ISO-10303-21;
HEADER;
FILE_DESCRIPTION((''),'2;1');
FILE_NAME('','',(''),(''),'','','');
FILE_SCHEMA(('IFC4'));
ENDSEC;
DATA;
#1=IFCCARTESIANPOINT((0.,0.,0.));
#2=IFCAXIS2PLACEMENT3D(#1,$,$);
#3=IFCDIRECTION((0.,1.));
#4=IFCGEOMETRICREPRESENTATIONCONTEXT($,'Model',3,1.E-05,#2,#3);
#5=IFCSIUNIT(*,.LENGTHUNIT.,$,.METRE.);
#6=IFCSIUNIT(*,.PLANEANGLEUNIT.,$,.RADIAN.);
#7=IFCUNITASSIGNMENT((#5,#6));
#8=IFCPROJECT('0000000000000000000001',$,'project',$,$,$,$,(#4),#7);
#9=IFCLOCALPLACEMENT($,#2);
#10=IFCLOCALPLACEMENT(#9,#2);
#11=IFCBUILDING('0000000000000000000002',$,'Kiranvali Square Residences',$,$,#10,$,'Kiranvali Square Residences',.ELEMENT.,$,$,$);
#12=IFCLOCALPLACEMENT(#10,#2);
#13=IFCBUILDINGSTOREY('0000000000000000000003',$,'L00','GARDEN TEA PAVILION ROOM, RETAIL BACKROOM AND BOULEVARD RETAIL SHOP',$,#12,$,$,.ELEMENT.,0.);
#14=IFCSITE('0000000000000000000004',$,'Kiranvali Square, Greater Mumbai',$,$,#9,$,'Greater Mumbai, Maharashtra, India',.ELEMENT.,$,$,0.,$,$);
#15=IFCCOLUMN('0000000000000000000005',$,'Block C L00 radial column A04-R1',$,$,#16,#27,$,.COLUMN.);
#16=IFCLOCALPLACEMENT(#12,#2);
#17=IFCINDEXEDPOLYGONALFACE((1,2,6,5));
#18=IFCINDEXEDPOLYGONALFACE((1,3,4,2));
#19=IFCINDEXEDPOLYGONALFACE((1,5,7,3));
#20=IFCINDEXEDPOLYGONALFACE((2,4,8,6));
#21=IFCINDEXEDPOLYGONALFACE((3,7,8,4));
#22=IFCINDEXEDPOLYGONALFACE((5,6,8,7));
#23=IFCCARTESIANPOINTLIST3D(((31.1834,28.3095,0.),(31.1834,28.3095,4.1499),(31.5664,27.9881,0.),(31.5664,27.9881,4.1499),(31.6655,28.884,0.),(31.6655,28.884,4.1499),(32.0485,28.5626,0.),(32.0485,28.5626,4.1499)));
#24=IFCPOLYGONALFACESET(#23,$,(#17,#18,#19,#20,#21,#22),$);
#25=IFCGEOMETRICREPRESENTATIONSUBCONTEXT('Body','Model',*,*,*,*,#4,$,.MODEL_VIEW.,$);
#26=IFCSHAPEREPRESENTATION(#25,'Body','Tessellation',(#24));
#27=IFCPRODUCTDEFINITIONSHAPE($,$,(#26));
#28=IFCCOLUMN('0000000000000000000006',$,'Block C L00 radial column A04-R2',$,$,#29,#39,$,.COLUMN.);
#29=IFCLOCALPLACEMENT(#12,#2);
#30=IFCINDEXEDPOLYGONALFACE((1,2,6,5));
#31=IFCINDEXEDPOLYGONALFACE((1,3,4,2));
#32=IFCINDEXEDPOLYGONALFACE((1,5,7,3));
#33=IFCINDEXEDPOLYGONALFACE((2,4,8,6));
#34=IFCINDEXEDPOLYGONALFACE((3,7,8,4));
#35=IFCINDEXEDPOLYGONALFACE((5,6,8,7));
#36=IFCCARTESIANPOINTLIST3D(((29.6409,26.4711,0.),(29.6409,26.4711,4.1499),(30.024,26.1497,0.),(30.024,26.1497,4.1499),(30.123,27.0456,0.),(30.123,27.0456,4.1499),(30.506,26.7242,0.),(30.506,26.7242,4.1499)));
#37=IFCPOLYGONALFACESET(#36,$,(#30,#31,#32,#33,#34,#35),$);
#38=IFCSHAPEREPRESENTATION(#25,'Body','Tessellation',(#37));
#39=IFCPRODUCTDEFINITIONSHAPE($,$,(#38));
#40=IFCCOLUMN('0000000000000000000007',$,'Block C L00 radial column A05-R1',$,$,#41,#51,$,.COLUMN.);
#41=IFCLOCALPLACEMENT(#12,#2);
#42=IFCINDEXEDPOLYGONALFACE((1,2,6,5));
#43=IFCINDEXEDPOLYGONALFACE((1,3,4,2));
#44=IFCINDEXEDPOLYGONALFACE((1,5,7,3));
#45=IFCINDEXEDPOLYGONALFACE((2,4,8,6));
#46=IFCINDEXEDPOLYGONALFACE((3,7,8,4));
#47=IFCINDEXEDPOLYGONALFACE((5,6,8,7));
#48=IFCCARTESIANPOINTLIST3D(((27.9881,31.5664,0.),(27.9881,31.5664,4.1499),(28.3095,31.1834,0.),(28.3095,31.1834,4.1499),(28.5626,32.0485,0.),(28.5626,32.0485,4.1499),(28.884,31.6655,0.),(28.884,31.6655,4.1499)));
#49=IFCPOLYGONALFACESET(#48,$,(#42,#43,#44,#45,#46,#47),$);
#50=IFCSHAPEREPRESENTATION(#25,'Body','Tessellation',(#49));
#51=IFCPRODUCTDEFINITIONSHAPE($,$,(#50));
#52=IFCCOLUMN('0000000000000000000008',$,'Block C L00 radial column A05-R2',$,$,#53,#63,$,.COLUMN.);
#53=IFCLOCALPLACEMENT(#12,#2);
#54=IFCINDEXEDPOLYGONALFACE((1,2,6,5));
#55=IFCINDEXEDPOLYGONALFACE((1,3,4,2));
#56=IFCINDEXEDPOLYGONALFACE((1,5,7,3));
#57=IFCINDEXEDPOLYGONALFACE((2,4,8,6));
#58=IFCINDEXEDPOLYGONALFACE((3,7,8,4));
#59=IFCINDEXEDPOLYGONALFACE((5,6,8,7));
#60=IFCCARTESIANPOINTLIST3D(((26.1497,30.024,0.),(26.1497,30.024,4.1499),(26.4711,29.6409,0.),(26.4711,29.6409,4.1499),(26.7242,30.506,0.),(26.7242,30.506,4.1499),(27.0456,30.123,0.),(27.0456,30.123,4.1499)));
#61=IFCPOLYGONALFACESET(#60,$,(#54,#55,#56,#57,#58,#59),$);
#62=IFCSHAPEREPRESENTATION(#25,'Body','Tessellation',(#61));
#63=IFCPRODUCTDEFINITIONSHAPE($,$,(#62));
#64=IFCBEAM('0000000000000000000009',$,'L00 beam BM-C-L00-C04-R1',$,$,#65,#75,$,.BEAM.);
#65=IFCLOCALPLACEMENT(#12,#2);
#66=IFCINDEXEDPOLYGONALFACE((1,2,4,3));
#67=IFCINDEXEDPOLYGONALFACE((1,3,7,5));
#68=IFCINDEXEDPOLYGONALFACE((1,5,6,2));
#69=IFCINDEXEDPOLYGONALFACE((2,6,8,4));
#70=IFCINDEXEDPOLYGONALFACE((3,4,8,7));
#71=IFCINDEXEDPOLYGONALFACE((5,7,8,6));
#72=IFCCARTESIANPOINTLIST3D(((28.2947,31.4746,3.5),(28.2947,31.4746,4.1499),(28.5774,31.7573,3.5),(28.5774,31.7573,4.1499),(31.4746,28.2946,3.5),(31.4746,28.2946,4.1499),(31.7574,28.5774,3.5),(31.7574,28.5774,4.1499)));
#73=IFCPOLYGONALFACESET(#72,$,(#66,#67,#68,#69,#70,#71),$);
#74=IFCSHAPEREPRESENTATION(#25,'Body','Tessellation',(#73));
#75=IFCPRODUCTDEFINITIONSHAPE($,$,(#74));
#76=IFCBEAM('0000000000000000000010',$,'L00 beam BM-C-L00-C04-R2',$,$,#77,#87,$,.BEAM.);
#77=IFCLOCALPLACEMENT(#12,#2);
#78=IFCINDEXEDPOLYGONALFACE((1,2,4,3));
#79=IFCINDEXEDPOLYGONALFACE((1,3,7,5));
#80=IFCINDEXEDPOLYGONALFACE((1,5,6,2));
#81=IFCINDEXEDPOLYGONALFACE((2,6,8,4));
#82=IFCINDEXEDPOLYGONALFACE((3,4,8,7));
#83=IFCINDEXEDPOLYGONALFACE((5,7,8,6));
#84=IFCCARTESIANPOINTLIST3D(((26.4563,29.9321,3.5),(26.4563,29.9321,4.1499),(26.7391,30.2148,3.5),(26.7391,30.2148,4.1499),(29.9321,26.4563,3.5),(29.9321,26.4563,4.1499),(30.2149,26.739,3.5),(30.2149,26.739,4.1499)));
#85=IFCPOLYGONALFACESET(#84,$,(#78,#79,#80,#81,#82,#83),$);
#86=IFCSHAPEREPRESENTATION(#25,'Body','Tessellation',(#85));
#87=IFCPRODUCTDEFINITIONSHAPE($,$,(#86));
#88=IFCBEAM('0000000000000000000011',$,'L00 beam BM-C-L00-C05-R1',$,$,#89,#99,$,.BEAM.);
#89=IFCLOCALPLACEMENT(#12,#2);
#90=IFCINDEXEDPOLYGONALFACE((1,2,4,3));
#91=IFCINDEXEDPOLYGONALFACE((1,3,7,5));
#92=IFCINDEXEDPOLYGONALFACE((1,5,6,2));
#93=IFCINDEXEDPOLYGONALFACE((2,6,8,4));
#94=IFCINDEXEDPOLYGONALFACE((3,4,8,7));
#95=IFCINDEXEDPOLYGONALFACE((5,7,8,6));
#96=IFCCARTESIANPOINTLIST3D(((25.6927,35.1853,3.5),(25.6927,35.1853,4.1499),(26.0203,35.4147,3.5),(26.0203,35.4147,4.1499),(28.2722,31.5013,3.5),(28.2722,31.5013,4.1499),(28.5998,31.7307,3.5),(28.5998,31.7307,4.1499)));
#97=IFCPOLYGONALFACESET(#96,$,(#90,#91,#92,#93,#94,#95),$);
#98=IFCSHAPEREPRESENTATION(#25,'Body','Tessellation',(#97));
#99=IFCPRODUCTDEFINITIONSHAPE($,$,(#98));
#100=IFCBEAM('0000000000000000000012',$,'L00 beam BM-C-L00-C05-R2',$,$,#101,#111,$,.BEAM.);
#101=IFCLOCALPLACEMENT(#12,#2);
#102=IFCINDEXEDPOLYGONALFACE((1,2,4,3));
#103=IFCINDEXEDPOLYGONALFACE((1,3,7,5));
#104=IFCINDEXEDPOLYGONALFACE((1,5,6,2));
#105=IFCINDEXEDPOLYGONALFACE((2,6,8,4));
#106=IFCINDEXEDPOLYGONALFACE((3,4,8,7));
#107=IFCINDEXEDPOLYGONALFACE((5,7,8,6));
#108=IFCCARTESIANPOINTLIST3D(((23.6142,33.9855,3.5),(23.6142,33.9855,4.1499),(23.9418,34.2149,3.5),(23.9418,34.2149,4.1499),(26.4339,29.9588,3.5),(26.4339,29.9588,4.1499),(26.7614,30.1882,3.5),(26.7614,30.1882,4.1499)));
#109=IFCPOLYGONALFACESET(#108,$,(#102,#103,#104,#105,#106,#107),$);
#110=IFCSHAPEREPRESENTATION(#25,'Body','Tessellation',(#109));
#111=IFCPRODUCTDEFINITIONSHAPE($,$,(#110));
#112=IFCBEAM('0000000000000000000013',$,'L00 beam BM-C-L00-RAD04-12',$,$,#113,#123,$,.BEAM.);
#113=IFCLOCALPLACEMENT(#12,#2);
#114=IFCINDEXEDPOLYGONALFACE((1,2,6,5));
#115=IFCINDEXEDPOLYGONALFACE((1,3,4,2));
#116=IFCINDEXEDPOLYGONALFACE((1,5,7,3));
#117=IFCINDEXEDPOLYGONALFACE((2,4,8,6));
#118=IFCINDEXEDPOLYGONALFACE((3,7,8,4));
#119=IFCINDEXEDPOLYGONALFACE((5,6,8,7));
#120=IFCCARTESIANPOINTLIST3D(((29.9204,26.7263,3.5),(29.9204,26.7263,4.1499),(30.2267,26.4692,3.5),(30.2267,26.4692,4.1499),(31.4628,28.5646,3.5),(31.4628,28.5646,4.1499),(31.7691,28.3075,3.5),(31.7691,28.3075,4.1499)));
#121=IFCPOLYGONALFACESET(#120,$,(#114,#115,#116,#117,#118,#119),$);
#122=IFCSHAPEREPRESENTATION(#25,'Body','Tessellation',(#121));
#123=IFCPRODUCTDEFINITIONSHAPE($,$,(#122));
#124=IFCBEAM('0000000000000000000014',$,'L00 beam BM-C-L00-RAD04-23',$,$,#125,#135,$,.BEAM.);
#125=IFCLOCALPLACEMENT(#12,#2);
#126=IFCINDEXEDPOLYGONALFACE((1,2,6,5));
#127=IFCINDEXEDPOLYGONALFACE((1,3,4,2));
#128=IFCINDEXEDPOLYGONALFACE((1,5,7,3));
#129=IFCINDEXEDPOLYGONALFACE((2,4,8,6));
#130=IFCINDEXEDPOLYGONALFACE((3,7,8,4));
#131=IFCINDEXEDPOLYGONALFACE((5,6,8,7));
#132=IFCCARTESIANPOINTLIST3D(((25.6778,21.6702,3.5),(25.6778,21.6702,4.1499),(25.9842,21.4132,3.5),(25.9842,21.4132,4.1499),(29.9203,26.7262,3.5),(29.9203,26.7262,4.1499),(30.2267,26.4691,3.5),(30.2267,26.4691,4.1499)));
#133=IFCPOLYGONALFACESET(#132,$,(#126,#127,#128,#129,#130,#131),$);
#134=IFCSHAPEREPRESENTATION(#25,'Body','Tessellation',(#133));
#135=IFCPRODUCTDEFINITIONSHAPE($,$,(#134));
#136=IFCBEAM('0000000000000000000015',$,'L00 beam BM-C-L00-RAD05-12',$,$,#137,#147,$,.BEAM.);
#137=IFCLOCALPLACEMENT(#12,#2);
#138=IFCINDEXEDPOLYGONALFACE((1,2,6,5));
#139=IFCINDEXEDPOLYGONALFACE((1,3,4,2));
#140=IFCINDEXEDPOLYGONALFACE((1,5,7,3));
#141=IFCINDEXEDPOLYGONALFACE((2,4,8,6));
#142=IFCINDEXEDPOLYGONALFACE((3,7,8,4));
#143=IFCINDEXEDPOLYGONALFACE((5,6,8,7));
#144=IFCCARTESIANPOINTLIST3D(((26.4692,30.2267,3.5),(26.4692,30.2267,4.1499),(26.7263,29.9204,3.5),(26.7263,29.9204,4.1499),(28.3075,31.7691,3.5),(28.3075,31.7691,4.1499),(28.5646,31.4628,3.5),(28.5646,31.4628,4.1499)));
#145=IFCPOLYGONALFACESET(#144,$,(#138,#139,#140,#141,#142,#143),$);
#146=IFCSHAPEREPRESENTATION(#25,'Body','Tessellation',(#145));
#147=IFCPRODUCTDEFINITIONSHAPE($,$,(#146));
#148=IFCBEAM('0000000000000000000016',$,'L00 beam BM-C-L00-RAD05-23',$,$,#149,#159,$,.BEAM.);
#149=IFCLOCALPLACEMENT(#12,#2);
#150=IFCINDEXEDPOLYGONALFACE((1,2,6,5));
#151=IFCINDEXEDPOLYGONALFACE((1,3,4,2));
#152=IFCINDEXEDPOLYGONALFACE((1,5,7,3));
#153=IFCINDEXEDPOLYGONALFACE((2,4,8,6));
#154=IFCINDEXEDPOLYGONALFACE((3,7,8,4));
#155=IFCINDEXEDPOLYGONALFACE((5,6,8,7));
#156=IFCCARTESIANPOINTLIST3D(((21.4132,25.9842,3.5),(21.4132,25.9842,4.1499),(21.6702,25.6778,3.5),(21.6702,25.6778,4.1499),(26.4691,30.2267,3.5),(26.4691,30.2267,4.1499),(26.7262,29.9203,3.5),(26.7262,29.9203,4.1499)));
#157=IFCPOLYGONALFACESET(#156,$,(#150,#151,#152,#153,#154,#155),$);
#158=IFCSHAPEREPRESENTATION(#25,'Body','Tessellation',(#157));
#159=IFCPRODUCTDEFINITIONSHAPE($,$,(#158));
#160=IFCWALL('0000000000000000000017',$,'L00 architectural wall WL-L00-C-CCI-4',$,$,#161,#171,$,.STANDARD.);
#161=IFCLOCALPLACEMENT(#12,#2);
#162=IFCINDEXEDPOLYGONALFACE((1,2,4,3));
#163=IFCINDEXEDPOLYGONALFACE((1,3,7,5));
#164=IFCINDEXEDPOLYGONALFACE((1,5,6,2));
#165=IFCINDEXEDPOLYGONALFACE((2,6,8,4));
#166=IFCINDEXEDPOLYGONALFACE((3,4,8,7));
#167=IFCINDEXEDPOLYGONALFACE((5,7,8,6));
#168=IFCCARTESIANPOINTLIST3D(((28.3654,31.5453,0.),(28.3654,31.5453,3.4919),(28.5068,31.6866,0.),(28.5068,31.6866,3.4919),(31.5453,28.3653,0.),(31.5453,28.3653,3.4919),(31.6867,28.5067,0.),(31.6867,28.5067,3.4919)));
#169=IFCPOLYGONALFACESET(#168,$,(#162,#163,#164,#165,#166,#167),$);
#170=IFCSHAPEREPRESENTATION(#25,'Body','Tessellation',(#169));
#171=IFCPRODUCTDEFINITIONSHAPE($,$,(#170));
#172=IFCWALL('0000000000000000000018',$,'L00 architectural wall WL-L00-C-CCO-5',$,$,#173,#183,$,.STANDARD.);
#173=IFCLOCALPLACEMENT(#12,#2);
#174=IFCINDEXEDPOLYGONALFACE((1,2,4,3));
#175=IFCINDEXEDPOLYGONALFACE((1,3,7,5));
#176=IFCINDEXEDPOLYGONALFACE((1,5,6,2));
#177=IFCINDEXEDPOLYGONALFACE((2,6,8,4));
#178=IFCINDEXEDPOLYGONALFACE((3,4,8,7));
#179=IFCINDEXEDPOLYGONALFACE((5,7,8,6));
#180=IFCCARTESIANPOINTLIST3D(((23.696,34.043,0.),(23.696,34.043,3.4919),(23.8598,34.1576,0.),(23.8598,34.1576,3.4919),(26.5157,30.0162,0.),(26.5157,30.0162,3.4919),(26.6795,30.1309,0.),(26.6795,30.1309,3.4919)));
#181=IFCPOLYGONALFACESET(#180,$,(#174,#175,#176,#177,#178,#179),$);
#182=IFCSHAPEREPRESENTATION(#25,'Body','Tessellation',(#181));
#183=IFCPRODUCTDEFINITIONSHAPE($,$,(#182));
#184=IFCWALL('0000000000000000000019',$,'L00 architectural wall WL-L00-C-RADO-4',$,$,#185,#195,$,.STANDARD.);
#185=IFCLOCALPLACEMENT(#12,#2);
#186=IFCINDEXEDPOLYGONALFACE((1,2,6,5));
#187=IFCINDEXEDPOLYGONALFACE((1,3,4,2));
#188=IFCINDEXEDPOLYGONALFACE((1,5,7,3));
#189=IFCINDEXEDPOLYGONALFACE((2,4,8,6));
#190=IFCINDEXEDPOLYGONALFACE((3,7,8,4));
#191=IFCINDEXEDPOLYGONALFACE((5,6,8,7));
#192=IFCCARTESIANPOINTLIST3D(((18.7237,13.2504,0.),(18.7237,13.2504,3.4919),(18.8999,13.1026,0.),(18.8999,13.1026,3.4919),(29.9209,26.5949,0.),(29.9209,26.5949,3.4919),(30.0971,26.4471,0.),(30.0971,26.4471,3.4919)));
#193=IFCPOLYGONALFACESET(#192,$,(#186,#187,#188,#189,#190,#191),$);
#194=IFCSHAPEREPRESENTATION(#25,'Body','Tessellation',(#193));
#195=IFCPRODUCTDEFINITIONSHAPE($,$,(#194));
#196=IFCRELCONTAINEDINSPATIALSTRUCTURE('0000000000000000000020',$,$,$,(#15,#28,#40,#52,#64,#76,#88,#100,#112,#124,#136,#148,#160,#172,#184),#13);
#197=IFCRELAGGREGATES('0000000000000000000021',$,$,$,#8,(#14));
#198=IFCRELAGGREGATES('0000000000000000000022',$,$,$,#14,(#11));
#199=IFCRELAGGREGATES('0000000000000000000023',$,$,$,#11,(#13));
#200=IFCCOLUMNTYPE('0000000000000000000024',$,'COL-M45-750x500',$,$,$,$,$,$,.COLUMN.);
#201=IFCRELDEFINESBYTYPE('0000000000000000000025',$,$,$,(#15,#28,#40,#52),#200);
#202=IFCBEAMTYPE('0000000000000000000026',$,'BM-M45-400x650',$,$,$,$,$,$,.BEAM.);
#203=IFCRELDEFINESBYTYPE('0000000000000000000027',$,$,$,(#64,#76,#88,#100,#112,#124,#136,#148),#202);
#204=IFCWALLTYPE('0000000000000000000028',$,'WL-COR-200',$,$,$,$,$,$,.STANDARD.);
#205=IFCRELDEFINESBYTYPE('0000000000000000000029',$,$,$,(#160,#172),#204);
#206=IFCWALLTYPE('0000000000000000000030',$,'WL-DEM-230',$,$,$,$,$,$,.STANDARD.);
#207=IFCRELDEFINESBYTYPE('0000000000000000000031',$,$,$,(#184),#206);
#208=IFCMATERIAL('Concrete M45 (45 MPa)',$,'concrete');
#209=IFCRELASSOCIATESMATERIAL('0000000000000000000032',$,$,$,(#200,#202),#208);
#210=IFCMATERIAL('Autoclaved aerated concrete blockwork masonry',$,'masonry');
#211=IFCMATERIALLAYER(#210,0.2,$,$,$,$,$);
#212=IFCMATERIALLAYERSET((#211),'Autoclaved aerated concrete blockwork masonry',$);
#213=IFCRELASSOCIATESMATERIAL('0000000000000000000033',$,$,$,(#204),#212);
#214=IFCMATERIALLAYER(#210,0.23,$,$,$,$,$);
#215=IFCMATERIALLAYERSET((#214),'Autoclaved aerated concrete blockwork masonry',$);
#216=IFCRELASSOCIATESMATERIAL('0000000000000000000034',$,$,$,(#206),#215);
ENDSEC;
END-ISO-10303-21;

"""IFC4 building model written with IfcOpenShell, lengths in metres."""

from ifc_helpers import new_model, si_unit, direction, frame, frame_2d, origin, origin_2d, place, context, subcontext, project, spatial, rectangle, extrude, material, layer, layer_set, material_profile, profile_set, type_object, element, save


model = new_model("IFC4")

# Units and contexts
model_context = context("Model", 3, precision=1e-05, world=origin(), true_north=direction((0.0, 1.0)))
body_context = subcontext(model_context, "Body", "Model", "MODEL_VIEW")
ifc_project = project(units=[si_unit("LENGTHUNIT", "METRE"), si_unit("PLANEANGLEUNIT", "RADIAN")], contexts=[model_context])

# Site, building, storey
site_placement = place(None, origin())
site = spatial("IfcSite", under=ifc_project, at=site_placement, Name="Kiranvali Square, Greater Mumbai", LongName="Greater Mumbai, Maharashtra, India", CompositionType="ELEMENT", RefElevation=0.0)
building_placement = place(site_placement, origin())
building = spatial("IfcBuilding", under=site, at=building_placement, Name="Kiranvali Square Residences", LongName="Kiranvali Square Residences", CompositionType="ELEMENT")
storey_placement = place(building_placement, origin())
storey = spatial("IfcBuildingStorey", under=building, at=storey_placement, Name="L00", Description="GARDEN TEA PAVILION ROOM, RETAIL BACKROOM AND BOULEVARD RETAIL SHOP", CompositionType="ELEMENT", Elevation=0.0)

# Columns
ifc_material_1 = material(Name="Concrete M45 (45 MPa)", Category="concrete")
ifc_material_profile_1 = material_profile(ifc_material_1, rectangle(XDim=0.5, YDim=0.75, at=origin_2d()), Name="RC 750x500")
ifc_profile_set_1 = profile_set([ifc_material_profile_1], Name="Concrete M45 (45 MPa)")
column_type = type_object("IfcColumnType", Name="COL-M45-750x500", PredefinedType="COLUMN", material=ifc_profile_set_1)
for number, where, z_axis, x_axis, name in (
    (1, (31.616, 28.436, 0.0), (0.0, 0.0, 1.0), (-0.766044, 0.642788, 0.0), "Block C L00 radial column A04-R1"),
    (2, (30.0735, 26.5977, 0.0), (0.0, 0.0, 1.0), (-0.766044, 0.642788, 0.0), "Block C L00 radial column A04-R2"),
    (3, (28.436, 31.616, 0.0), (0.0, 0.0, 1.0), (-0.642788, 0.766044, 0.0), "Block C L00 radial column A05-R1"),
    (4, (26.5977, 30.0735, 0.0), (0.0, 0.0, 1.0), (-0.642788, 0.766044, 0.0), "Block C L00 radial column A05-R2"),
):
    element("IfcColumn", number, at=place(storey_placement, frame(where, z_axis=z_axis, x_axis=x_axis)), inside=storey, type_object=column_type, Name=name, PredefinedType="COLUMN", context=body_context, shape_type="SweptSolid", body=[
        extrude(rectangle(XDim=0.5, YDim=0.75, at=origin_2d()), origin(), (0.0, 0.0, 1.0), 4.1499),
    ])

# Beams
ifc_material_profile_2 = material_profile(ifc_material_1, rectangle(XDim=0.3999, YDim=0.6499, at=origin_2d()), Name="RC 400x650")
ifc_profile_set_2 = profile_set([ifc_material_profile_2], Name="Concrete M45 (45 MPa)")
beam_type = type_object("IfcBeamType", Name="BM-M45-400x650", PredefinedType="BEAM", material=ifc_profile_set_2)
beam_1_placement = place(storey_placement, frame((31.616, 28.436, 3.825), z_axis=(-0.707107, 0.707107, 0.0), x_axis=(-0.707107, -0.707107, 0.0)))
element("IfcBeam", 5, at=beam_1_placement, inside=storey, type_object=beam_type, Name="L00 beam BM-C-L00-C04-R1", PredefinedType="BEAM", context=body_context, shape_type="SweptSolid", body=[
    extrude(rectangle(XDim=0.3999, YDim=0.6499, at=origin_2d()), origin(), (0.0, 0.0, 1.0), 4.4971),
])
beam_2_placement = place(storey_placement, frame((30.0735, 26.5977, 3.825), z_axis=(-0.707107, 0.707107, 0.0), x_axis=(-0.707107, -0.707107, 0.0)))
element("IfcBeam", 6, at=beam_2_placement, inside=storey, type_object=beam_type, Name="L00 beam BM-C-L00-C04-R2", PredefinedType="BEAM", context=body_context, shape_type="SweptSolid", body=[
    extrude(rectangle(XDim=0.3999, YDim=0.6499, at=origin_2d()), origin(), (0.0, 0.0, 1.0), 4.9155),
])
beam_3_placement = place(storey_placement, frame((28.436, 31.616, 3.825), z_axis=(-0.573572, 0.819155, 0.0), x_axis=(-0.819155, -0.573572, 0.0)))
element("IfcBeam", 7, at=beam_3_placement, inside=storey, type_object=beam_type, Name="L00 beam BM-C-L00-C05-R1", PredefinedType="BEAM", context=body_context, shape_type="SweptSolid", body=[
    extrude(rectangle(XDim=0.3999, YDim=0.6499, at=origin_2d()), origin(), (0.0, 0.0, 1.0), 4.4973),
])
beam_4_placement = place(storey_placement, frame((26.5977, 30.0735, 3.825), z_axis=(-0.573592, 0.819141, 0.0), x_axis=(-0.819141, -0.573592, 0.0)))
element("IfcBeam", 8, at=beam_4_placement, inside=storey, type_object=beam_type, Name="L00 beam BM-C-L00-C05-R2", PredefinedType="BEAM", context=body_context, shape_type="SweptSolid", body=[
    extrude(rectangle(XDim=0.3999, YDim=0.6499, at=origin_2d()), origin(), (0.0, 0.0, 1.0), 4.9158),
])
beam_5_placement = place(storey_placement, frame((31.616, 28.436, 3.825), z_axis=(-0.642763, -0.766065, 0.0), x_axis=(0.766065, -0.642763, 0.0)))
element("IfcBeam", 9, at=beam_5_placement, inside=storey, type_object=beam_type, Name="L00 beam BM-C-L00-RAD04-12", PredefinedType="BEAM", context=body_context, shape_type="SweptSolid", body=[
    extrude(rectangle(XDim=0.3999, YDim=0.6499, at=origin_2d()), origin(), (0.0, 0.0, 1.0), 2.3997),
])
beam_6_placement = place(storey_placement, frame((30.0735, 26.5977, 3.825), z_axis=(-0.642789, -0.766043, 0.0), x_axis=(0.766043, -0.642789, 0.0)))
element("IfcBeam", 10, at=beam_6_placement, inside=storey, type_object=beam_type, Name="L00 beam BM-C-L00-RAD04-23", PredefinedType="BEAM", context=body_context, shape_type="SweptSolid", body=[
    extrude(rectangle(XDim=0.3999, YDim=0.6499, at=origin_2d()), origin(), (0.0, 0.0, 1.0), 6.6001),
])
beam_7_placement = place(storey_placement, frame((28.436, 31.616, 3.825), z_axis=(-0.766065, -0.642763, 0.0), x_axis=(0.642763, -0.766065, 0.0)))
element("IfcBeam", 11, at=beam_7_placement, inside=storey, type_object=beam_type, Name="L00 beam BM-C-L00-RAD05-12", PredefinedType="BEAM", context=body_context, shape_type="SweptSolid", body=[
    extrude(rectangle(XDim=0.3999, YDim=0.6499, at=origin_2d()), origin(), (0.0, 0.0, 1.0), 2.3997),
])
beam_8_placement = place(storey_placement, frame((26.5977, 30.0735, 3.825), z_axis=(-0.766043, -0.642789, 0.0), x_axis=(0.642789, -0.766043, 0.0)))
element("IfcBeam", 12, at=beam_8_placement, inside=storey, type_object=beam_type, Name="L00 beam BM-C-L00-RAD05-23", PredefinedType="BEAM", context=body_context, shape_type="SweptSolid", body=[
    extrude(rectangle(XDim=0.3999, YDim=0.6499, at=origin_2d()), origin(), (0.0, 0.0, 1.0), 6.6001),
])

# Wall
ifc_material_2 = material(Name="Autoclaved aerated concrete blockwork masonry", Category="masonry")
ifc_layer_1 = layer(ifc_material_2, 0.2)
ifc_layer_set_1 = layer_set([ifc_layer_1], Name="Autoclaved aerated concrete blockwork masonry")
wall_type_1 = type_object("IfcWallType", Name="WL-COR-200", PredefinedType="STANDARD", material=ifc_layer_set_1)
wall_1_placement = place(storey_placement, frame((31.616, 28.436, 0.0), z_axis=(0.0, 0.0, 1.0), x_axis=(-0.707107, 0.707107, 0.0)))
element("IfcWall", 13, at=wall_1_placement, inside=storey, type_object=wall_type_1, Name="L00 architectural wall WL-L00-C-CCI-4", PredefinedType="STANDARD", context=body_context, shape_type="SweptSolid", body=[
    extrude(rectangle(XDim=4.4971, YDim=0.2, at=frame_2d((2.2485, 0.0))), origin(), (0.0, 0.0, 1.0), 3.4919),
])

# Walls
wall_2_placement = place(storey_placement, frame((26.5977, 30.0735, 0.0), z_axis=(0.0, 0.0, 1.0), x_axis=(-0.573592, 0.819141, 0.0)))
element("IfcWall", 14, at=wall_2_placement, inside=storey, type_object=wall_type_1, Name="L00 architectural wall WL-L00-C-CCO-5", PredefinedType="STANDARD", context=body_context, shape_type="SweptSolid", body=[
    extrude(rectangle(XDim=4.9158, YDim=0.2, at=frame_2d((2.458, 0.0))), origin(), (0.0, 0.0, 1.0), 3.4919),
])
ifc_layer_2 = layer(ifc_material_2, 0.23)
ifc_layer_set_2 = layer_set([ifc_layer_2], Name="Autoclaved aerated concrete blockwork masonry")
wall_type_2 = type_object("IfcWallType", Name="WL-DEM-230", PredefinedType="STANDARD", material=ifc_layer_set_2)
wall_3_placement = place(storey_placement, frame((30.009, 26.521, 0.0), z_axis=(0.0, 0.0, 1.0), x_axis=(-0.642785, -0.766047, 0.0)))
element("IfcWall", 15, at=wall_3_placement, inside=storey, type_object=wall_type_2, Name="L00 architectural wall WL-L00-C-RADO-4", PredefinedType="STANDARD", context=body_context, shape_type="SweptSolid", body=[
    extrude(rectangle(XDim=17.4199, YDim=0.23, at=frame_2d((8.71, 0.0))), origin(), (0.0, 0.0, 1.0), 3.4919),
])

save(model, "model.ifc")
